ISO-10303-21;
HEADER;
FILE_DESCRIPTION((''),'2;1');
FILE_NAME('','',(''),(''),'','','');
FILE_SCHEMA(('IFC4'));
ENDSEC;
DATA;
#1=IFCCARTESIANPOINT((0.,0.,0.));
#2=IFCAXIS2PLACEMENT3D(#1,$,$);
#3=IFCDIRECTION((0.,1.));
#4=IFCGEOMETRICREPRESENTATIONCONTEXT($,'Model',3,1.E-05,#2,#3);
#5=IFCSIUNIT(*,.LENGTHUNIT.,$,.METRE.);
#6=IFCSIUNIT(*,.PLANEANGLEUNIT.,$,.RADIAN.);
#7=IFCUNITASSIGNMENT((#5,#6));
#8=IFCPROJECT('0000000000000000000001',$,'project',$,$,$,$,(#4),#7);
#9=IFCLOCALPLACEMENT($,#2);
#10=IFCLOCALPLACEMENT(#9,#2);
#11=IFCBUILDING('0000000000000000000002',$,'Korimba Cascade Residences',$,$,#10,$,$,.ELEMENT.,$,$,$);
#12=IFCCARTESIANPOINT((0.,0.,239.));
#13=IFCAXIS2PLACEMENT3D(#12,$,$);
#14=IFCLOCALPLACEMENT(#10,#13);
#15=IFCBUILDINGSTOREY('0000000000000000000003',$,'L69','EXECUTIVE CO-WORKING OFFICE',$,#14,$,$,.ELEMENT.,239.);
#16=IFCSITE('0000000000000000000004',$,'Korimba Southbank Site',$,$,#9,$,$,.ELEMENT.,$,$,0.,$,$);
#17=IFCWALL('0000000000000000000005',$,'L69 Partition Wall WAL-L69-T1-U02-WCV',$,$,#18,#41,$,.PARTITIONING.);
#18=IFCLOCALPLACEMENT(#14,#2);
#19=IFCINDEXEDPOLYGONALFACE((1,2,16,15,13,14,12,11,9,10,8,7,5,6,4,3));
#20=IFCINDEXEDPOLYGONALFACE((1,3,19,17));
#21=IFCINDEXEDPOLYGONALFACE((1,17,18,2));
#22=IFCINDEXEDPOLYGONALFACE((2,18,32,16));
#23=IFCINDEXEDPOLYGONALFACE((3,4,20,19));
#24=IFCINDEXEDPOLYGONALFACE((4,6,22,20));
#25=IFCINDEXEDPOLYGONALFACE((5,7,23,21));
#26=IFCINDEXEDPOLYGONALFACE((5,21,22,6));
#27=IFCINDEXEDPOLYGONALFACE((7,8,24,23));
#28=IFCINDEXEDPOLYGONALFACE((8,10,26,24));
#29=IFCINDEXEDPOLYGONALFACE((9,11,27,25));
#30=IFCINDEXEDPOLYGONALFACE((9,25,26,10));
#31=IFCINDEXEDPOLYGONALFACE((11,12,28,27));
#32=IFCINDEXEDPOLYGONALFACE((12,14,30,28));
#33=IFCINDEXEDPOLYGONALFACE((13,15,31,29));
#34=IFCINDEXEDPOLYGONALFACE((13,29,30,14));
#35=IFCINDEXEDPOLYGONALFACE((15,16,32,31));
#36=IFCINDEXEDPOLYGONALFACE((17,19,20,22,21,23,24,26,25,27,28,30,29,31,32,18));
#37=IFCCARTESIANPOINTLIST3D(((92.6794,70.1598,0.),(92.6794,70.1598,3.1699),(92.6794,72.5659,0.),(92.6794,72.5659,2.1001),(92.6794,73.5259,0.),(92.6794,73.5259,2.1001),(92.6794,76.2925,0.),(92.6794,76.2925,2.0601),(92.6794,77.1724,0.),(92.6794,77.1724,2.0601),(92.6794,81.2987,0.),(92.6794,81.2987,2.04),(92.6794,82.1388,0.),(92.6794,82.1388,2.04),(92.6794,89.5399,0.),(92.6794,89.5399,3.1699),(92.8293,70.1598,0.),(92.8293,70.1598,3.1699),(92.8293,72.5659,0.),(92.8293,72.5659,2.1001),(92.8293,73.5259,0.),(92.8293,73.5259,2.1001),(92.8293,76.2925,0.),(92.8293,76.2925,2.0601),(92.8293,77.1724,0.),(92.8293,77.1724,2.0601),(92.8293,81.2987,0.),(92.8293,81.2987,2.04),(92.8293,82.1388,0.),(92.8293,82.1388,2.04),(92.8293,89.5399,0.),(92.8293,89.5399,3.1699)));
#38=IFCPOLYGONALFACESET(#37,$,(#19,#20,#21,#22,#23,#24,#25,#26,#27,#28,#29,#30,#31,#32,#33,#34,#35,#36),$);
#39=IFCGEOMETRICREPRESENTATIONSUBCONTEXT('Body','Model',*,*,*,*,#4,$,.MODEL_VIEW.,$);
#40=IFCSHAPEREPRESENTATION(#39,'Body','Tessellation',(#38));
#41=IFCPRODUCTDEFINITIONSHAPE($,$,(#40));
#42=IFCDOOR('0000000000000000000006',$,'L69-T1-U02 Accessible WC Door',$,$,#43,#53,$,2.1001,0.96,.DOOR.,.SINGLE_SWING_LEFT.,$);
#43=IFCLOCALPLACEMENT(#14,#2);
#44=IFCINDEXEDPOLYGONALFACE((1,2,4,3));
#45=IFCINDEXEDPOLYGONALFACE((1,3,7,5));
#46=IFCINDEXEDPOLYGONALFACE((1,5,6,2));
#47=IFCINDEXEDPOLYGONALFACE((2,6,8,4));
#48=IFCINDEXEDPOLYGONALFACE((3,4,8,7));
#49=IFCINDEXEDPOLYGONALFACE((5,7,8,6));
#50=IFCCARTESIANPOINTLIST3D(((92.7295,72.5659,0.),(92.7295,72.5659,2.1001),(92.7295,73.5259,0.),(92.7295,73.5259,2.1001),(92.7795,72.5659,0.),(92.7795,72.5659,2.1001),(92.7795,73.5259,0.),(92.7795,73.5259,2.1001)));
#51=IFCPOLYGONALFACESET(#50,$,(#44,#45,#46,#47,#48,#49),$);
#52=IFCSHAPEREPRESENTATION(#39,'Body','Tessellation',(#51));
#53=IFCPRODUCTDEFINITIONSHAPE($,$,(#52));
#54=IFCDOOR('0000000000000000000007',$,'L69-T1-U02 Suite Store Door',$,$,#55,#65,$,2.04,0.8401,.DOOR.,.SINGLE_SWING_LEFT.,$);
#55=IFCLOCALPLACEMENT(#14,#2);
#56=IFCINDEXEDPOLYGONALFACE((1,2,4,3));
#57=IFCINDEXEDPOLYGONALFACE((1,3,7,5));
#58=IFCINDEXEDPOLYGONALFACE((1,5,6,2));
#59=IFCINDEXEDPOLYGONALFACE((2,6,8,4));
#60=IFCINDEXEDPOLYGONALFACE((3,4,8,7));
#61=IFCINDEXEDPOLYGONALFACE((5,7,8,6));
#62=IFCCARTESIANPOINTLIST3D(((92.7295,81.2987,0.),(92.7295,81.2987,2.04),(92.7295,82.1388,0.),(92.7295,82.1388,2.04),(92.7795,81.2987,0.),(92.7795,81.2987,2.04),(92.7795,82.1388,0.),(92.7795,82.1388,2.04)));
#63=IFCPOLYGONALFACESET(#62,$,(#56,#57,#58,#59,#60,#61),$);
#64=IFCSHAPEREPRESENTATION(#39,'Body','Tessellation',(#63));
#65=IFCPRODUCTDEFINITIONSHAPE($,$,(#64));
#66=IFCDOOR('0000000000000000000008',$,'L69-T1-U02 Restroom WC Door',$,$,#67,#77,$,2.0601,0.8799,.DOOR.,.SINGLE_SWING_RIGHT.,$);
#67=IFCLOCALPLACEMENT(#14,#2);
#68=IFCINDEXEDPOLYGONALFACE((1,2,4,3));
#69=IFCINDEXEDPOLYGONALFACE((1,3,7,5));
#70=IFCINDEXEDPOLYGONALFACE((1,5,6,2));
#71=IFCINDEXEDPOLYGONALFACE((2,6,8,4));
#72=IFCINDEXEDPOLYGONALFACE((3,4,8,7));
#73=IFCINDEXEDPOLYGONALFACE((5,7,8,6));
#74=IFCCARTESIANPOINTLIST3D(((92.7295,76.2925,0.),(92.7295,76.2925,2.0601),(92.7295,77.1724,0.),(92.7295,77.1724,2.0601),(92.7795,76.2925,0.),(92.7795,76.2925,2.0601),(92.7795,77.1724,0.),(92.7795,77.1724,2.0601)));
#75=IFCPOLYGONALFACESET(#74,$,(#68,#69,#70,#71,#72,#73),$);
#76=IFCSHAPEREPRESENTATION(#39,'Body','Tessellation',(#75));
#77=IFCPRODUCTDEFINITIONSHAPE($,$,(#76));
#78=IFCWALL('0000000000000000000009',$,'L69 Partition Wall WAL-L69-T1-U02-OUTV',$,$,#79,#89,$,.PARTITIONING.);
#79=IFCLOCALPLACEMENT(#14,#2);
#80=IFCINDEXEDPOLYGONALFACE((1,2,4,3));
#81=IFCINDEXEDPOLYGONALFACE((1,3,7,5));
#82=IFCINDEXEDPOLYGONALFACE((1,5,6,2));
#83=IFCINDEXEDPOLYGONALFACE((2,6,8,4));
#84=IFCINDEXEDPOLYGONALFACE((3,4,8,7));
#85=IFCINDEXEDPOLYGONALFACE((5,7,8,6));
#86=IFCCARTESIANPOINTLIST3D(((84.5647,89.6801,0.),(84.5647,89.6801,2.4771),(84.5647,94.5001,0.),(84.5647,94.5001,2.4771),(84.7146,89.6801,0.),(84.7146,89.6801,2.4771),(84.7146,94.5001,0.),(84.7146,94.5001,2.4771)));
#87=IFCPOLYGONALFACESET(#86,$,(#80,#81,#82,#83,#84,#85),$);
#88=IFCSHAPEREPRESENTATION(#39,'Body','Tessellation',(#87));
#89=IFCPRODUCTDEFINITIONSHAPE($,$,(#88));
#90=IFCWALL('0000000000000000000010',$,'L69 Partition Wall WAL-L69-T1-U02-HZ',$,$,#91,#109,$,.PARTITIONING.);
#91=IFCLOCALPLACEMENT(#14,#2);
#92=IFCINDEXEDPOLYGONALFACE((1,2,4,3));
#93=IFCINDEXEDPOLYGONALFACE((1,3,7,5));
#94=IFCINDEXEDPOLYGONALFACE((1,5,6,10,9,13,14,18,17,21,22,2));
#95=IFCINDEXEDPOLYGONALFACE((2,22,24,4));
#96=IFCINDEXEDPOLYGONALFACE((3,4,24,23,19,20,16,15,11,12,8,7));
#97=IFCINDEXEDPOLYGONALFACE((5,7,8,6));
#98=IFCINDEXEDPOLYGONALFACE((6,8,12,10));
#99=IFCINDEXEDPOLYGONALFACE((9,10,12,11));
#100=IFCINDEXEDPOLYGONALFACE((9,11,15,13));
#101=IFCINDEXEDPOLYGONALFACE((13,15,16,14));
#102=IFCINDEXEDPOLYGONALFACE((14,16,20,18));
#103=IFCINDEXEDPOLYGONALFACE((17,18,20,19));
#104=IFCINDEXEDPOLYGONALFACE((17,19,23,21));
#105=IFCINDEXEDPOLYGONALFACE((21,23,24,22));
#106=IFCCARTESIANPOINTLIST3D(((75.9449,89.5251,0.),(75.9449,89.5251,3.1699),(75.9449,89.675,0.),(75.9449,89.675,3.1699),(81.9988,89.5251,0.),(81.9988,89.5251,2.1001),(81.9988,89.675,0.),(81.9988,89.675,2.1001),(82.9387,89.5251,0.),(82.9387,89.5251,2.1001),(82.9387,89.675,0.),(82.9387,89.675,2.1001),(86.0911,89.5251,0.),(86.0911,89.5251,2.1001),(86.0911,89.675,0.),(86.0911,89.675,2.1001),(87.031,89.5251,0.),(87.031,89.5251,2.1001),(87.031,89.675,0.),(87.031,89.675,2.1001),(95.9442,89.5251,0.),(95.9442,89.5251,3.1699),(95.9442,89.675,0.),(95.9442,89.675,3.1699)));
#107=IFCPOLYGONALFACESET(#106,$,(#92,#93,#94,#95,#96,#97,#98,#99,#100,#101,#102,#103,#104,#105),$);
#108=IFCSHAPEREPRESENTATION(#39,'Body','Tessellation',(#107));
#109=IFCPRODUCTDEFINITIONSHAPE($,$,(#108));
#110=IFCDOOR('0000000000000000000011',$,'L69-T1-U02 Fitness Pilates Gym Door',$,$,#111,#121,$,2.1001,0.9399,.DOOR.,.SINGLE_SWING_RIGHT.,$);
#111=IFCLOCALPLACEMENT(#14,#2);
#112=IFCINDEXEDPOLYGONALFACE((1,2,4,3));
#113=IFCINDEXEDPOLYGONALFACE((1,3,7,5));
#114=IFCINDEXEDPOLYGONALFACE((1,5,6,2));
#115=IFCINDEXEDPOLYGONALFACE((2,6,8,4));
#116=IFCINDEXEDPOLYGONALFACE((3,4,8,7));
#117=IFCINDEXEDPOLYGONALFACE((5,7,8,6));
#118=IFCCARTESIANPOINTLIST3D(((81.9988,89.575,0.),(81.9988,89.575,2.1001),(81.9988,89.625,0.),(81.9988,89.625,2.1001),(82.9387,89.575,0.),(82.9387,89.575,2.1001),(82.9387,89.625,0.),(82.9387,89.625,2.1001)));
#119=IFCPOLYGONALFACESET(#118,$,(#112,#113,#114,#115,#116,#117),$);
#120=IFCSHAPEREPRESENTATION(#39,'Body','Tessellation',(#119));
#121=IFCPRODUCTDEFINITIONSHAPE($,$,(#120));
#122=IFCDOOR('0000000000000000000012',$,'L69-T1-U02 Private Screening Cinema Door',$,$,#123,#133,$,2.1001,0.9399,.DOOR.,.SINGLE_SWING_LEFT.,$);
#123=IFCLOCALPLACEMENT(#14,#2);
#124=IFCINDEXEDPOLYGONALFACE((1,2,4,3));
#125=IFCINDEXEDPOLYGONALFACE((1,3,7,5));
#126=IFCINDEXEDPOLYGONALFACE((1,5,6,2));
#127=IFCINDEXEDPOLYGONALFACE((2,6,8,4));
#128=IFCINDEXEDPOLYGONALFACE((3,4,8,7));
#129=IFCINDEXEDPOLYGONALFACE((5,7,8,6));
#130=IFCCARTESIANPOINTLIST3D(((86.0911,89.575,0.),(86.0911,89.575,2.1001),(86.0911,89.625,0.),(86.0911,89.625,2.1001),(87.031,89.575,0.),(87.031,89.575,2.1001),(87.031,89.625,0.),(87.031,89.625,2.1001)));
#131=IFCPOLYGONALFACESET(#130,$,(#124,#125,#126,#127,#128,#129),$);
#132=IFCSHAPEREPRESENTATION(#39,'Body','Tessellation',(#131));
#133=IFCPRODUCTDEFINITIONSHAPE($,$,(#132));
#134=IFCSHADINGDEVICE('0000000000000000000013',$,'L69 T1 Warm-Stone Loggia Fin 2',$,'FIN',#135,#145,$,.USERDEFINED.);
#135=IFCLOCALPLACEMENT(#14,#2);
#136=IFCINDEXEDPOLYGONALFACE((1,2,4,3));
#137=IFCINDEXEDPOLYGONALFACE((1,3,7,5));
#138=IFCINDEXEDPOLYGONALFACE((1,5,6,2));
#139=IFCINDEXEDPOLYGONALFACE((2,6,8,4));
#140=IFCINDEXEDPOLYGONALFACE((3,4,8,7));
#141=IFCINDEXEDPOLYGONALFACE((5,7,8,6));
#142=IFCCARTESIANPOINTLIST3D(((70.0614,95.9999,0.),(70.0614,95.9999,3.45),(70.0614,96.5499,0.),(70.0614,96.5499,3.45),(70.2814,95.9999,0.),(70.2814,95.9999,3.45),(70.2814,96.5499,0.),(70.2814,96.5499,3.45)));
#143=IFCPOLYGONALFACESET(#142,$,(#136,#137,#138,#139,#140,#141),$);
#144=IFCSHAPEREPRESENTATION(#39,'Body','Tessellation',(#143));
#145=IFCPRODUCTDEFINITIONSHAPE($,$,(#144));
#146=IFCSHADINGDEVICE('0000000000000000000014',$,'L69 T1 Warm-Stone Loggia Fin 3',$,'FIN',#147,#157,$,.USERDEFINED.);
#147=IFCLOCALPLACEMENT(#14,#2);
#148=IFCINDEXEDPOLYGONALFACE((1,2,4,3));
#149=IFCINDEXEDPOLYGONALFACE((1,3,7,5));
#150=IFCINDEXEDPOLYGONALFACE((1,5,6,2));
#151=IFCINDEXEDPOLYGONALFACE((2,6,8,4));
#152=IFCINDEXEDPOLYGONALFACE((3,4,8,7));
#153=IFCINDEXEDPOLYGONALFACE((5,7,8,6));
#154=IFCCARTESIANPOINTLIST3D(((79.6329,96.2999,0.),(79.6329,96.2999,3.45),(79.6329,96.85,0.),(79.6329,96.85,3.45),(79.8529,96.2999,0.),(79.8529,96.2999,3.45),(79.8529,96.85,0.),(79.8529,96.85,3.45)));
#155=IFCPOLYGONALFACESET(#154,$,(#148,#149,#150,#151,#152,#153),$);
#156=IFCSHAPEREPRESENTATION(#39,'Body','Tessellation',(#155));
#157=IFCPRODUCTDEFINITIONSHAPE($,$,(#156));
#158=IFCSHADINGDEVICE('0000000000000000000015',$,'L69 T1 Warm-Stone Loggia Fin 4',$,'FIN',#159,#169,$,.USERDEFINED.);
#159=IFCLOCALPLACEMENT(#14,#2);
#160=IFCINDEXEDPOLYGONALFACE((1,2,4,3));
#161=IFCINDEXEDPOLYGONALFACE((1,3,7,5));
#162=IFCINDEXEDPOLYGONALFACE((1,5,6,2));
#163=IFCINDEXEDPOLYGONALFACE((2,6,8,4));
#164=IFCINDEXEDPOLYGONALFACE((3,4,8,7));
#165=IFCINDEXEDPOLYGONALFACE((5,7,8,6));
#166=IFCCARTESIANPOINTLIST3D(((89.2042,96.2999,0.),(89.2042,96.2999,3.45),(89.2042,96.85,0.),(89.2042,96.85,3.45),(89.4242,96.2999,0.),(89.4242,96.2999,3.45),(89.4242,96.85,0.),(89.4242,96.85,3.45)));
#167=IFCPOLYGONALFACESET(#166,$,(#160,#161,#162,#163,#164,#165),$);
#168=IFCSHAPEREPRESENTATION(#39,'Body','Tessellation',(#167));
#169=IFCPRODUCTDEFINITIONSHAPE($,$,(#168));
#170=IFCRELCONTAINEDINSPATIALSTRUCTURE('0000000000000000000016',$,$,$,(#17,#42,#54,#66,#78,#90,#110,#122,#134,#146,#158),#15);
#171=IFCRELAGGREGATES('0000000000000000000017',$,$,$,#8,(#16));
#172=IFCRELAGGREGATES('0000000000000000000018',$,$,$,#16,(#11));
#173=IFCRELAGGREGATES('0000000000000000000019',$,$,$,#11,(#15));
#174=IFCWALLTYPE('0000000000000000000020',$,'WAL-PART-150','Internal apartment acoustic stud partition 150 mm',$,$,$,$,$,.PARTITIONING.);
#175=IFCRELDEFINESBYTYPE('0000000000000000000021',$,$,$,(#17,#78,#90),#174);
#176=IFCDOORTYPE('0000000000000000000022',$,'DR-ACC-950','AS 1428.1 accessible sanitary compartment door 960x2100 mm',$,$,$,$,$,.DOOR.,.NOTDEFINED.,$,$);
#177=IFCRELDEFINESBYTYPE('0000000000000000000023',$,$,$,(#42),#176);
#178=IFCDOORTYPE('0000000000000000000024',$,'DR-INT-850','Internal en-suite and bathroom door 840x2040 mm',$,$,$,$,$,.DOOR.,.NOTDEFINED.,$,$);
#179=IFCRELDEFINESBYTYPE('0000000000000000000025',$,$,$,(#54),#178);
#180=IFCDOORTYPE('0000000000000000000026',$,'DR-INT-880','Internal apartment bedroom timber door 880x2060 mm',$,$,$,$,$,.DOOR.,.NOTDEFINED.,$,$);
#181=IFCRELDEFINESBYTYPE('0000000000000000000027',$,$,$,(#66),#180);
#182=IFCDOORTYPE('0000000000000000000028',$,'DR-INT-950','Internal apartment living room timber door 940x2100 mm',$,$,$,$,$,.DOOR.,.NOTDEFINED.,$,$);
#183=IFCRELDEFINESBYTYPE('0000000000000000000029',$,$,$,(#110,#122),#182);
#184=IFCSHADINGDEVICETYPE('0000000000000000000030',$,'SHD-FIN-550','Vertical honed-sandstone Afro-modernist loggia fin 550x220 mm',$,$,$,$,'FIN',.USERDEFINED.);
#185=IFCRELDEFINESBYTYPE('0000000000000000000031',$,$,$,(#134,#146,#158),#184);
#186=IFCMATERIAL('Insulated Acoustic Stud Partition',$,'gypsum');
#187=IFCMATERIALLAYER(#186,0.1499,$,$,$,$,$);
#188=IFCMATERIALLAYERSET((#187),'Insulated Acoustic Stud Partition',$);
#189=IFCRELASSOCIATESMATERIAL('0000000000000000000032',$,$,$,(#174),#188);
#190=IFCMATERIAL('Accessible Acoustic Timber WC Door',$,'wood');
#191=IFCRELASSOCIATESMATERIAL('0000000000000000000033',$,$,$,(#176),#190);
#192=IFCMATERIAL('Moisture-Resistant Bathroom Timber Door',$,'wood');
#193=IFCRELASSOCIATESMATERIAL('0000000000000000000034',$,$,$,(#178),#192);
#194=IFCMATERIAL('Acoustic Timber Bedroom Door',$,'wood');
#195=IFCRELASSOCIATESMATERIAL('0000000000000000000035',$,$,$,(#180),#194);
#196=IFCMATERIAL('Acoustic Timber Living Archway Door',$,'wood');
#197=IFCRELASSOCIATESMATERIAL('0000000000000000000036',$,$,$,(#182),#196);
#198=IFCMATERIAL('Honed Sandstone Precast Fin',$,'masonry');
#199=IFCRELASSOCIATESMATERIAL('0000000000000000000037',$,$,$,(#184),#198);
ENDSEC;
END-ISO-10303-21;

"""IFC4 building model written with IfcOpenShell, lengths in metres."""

from ifc_helpers import new_model, si_unit, direction, frame, frame_2d, origin, origin_2d, place, context, subcontext, project, spatial, rectangle, extrude, material, layer, layer_set, type_object, element, fill, save


model = new_model("IFC4")

# Units and contexts
model_context = context("Model", 3, precision=1e-05, world=origin(), true_north=direction((0.0, 1.0)))
body_context = subcontext(model_context, "Body", "Model", "MODEL_VIEW")
ifc_project = project(units=[si_unit("LENGTHUNIT", "METRE"), si_unit("PLANEANGLEUNIT", "RADIAN")], contexts=[model_context])

# Site, building, storey
site_placement = place(None, origin())
site = spatial("IfcSite", under=ifc_project, at=site_placement, Name="Korimba Southbank Site", CompositionType="ELEMENT", RefElevation=0.0)
building_placement = place(site_placement, origin())
building = spatial("IfcBuilding", under=site, at=building_placement, Name="Korimba Cascade Residences", CompositionType="ELEMENT")
storey_placement = place(building_placement, frame((0.0, 0.0, 239.0)))
storey = spatial("IfcBuildingStorey", under=building, at=storey_placement, Name="L69", Description="EXECUTIVE CO-WORKING OFFICE", CompositionType="ELEMENT", Elevation=239.0)

# Shared definitions
ifc_material_1 = material(Name="Insulated Acoustic Stud Partition", Category="gypsum")
ifc_layer_1 = layer(ifc_material_1, 0.1499)
ifc_layer_set_1 = layer_set([ifc_layer_1], Name="Insulated Acoustic Stud Partition")
wall_type_1 = type_object("IfcWallType", Name="WAL-PART-150", Description="Internal apartment acoustic stud partition 150 mm", PredefinedType="PARTITIONING", material=ifc_layer_set_1)

# Wall, openings, doors
wall_1_placement = place(storey_placement, frame((92.7544, 70.1599, 0.0), z_axis=(0.0, 0.0, 1.0), x_axis=(0.0, 1.0, 0.0)))
wall_1 = element("IfcWall", 1, at=wall_1_placement, inside=storey, type_object=wall_type_1, Name="L69 Partition Wall WAL-L69-T1-U02-WCV", PredefinedType="PARTITIONING", context=body_context, shape_type="SweptSolid", body=[
    extrude(rectangle(XDim=19.3801, YDim=0.1499, at=frame_2d((9.6899, 0.0))), origin(), (0.0, 0.0, 1.0), 3.1699),
])
opening_1_placement = place(wall_1_placement, frame((2.406, 0.0, 0.0)))
opening_1 = element("IfcOpeningElement", 2, at=opening_1_placement, cuts=wall_1, PredefinedType="OPENING", context=body_context, shape_type="SweptSolid", body=[
    extrude(rectangle(XDim=0.96, YDim=2.1001, at=frame_2d((0.48, 1.05))), frame((0.0, 0.085, 0.0), z_axis=(0.0, -1.0, 0.0), x_axis=(1.0, 0.0, 0.0)), (0.0, 0.0, 1.0), 0.1699),
])
opening_2_placement = place(wall_1_placement, frame((6.1326, 0.0, 0.0)))
opening_2 = element("IfcOpeningElement", 3, at=opening_2_placement, cuts=wall_1, PredefinedType="OPENING", context=body_context, shape_type="SweptSolid", body=[
    extrude(rectangle(XDim=0.8799, YDim=2.0601, at=frame_2d((0.4399, 1.03))), frame((0.0, 0.085, 0.0), z_axis=(0.0, -1.0, 0.0), x_axis=(1.0, 0.0, 0.0)), (0.0, 0.0, 1.0), 0.1699),
])
opening_3_placement = place(wall_1_placement, frame((11.1389, 0.0, 0.0)))
opening_3 = element("IfcOpeningElement", 4, at=opening_3_placement, cuts=wall_1, PredefinedType="OPENING", context=body_context, shape_type="SweptSolid", body=[
    extrude(rectangle(XDim=0.8401, YDim=2.04, at=frame_2d((0.4199, 1.02))), frame((0.0, 0.085, 0.0), z_axis=(0.0, -1.0, 0.0), x_axis=(1.0, 0.0, 0.0)), (0.0, 0.0, 1.0), 0.1699),
])
ifc_material_2 = material(Name="Accessible Acoustic Timber WC Door", Category="wood")
door_type_1 = type_object("IfcDoorType", Name="DR-ACC-950", Description="AS 1428.1 accessible sanitary compartment door 960x2100 mm", OperationType="NOTDEFINED", PredefinedType="DOOR", material=ifc_material_2)
door_1_placement = place(opening_1_placement, origin())
door_1 = element("IfcDoor", 5, at=door_1_placement, inside=storey, type_object=door_type_1, Name="L69-T1-U02 Accessible WC Door", OperationType="SINGLE_SWING_LEFT", OverallHeight=2.1001, OverallWidth=0.96, PredefinedType="DOOR", context=body_context, shape_type="SweptSolid", body=[
    extrude(rectangle(XDim=0.96, YDim=2.1001, at=frame_2d((0.48, 1.05))), frame((0.0, 0.0249, 0.0), z_axis=(0.0, -1.0, 0.0), x_axis=(1.0, 0.0, 0.0)), (0.0, 0.0, 1.0), 0.05),
])
fill(opening_1, door_1)
ifc_material_3 = material(Name="Moisture-Resistant Bathroom Timber Door", Category="wood")
door_type_2 = type_object("IfcDoorType", Name="DR-INT-850", Description="Internal en-suite and bathroom door 840x2040 mm", OperationType="NOTDEFINED", PredefinedType="DOOR", material=ifc_material_3)
door_2_placement = place(opening_3_placement, origin())
door_2 = element("IfcDoor", 6, at=door_2_placement, inside=storey, type_object=door_type_2, Name="L69-T1-U02 Suite Store Door", OperationType="SINGLE_SWING_LEFT", OverallHeight=2.04, OverallWidth=0.8401, PredefinedType="DOOR", context=body_context, shape_type="SweptSolid", body=[
    extrude(rectangle(XDim=0.8401, YDim=2.04, at=frame_2d((0.4199, 1.02))), frame((0.0, 0.0249, 0.0), z_axis=(0.0, -1.0, 0.0), x_axis=(1.0, 0.0, 0.0)), (0.0, 0.0, 1.0), 0.05),
])
fill(opening_3, door_2)
ifc_material_4 = material(Name="Acoustic Timber Bedroom Door", Category="wood")
door_type_3 = type_object("IfcDoorType", Name="DR-INT-880", Description="Internal apartment bedroom timber door 880x2060 mm", OperationType="NOTDEFINED", PredefinedType="DOOR", material=ifc_material_4)
door_3_placement = place(opening_2_placement, origin())
door_3 = element("IfcDoor", 7, at=door_3_placement, inside=storey, type_object=door_type_3, Name="L69-T1-U02 Restroom WC Door", OperationType="SINGLE_SWING_RIGHT", OverallHeight=2.0601, OverallWidth=0.8799, PredefinedType="DOOR", context=body_context, shape_type="SweptSolid", body=[
    extrude(rectangle(XDim=0.8799, YDim=2.0601, at=frame_2d((0.4399, 1.03))), frame((0.0, 0.0249, 0.0), z_axis=(0.0, -1.0, 0.0), x_axis=(1.0, 0.0, 0.0)), (0.0, 0.0, 1.0), 0.05),
])
fill(opening_2, door_3)

# Wall
wall_2_placement = place(storey_placement, frame((84.6396, 89.6799, 0.0), z_axis=(0.0, 0.0, 1.0), x_axis=(0.0, 1.0, 0.0)))
element("IfcWall", 8, at=wall_2_placement, inside=storey, type_object=wall_type_1, Name="L69 Partition Wall WAL-L69-T1-U02-OUTV", PredefinedType="PARTITIONING", context=body_context, shape_type="SweptSolid", body=[
    extrude(rectangle(XDim=4.8201, YDim=0.1499, at=frame_2d((2.4102, 0.0))), origin(), (0.0, 0.0, 1.0), 2.4771),
])

# Wall, openings, doors
wall_3_placement = place(storey_placement, frame((75.9451, 89.6001, 0.0), z_axis=(0.0, 0.0, 1.0), x_axis=(1.0, 0.0, 0.0)))
wall_3 = element("IfcWall", 9, at=wall_3_placement, inside=storey, type_object=wall_type_1, Name="L69 Partition Wall WAL-L69-T1-U02-HZ", PredefinedType="PARTITIONING", context=body_context, shape_type="SweptSolid", body=[
    extrude(rectangle(XDim=19.9993, YDim=0.1499, at=frame_2d((9.9995, 0.0))), origin(), (0.0, 0.0, 1.0), 3.1699),
])
opening_4_placement = place(wall_3_placement, frame((6.0537, 0.0, 0.0)))
opening_4 = element("IfcOpeningElement", 10, at=opening_4_placement, cuts=wall_3, PredefinedType="OPENING", context=body_context, shape_type="SweptSolid", body=[
    extrude(rectangle(XDim=0.9399, YDim=2.1001, at=frame_2d((0.47, 1.05))), frame((0.0, 0.085, 0.0), z_axis=(0.0, -1.0, 0.0), x_axis=(1.0, 0.0, 0.0)), (0.0, 0.0, 1.0), 0.1699),
])
opening_5_placement = place(wall_3_placement, frame((10.146, 0.0, 0.0)))
opening_5 = element("IfcOpeningElement", 11, at=opening_5_placement, cuts=wall_3, PredefinedType="OPENING", context=body_context, shape_type="SweptSolid", body=[
    extrude(rectangle(XDim=0.9399, YDim=2.1001, at=frame_2d((0.47, 1.05))), frame((0.0, 0.085, 0.0), z_axis=(0.0, -1.0, 0.0), x_axis=(1.0, 0.0, 0.0)), (0.0, 0.0, 1.0), 0.1699),
])
ifc_material_5 = material(Name="Acoustic Timber Living Archway Door", Category="wood")
door_type_4 = type_object("IfcDoorType", Name="DR-INT-950", Description="Internal apartment living room timber door 940x2100 mm", OperationType="NOTDEFINED", PredefinedType="DOOR", material=ifc_material_5)
door_4_placement = place(opening_4_placement, origin())
door_4 = element("IfcDoor", 12, at=door_4_placement, inside=storey, type_object=door_type_4, Name="L69-T1-U02 Fitness Pilates Gym Door", OperationType="SINGLE_SWING_RIGHT", OverallHeight=2.1001, OverallWidth=0.9399, PredefinedType="DOOR", context=body_context, shape_type="SweptSolid", body=[
    extrude(rectangle(XDim=0.9399, YDim=2.1001, at=frame_2d((0.47, 1.05))), frame((0.0, 0.0249, 0.0), z_axis=(0.0, -1.0, 0.0), x_axis=(1.0, 0.0, 0.0)), (0.0, 0.0, 1.0), 0.05),
])
fill(opening_4, door_4)
door_5_placement = place(opening_5_placement, origin())
door_5 = element("IfcDoor", 13, at=door_5_placement, inside=storey, type_object=door_type_4, Name="L69-T1-U02 Private Screening Cinema Door", OperationType="SINGLE_SWING_LEFT", OverallHeight=2.1001, OverallWidth=0.9399, PredefinedType="DOOR", context=body_context, shape_type="SweptSolid", body=[
    extrude(rectangle(XDim=0.9399, YDim=2.1001, at=frame_2d((0.47, 1.05))), frame((0.0, 0.0249, 0.0), z_axis=(0.0, -1.0, 0.0), x_axis=(1.0, 0.0, 0.0)), (0.0, 0.0, 1.0), 0.05),
])
fill(opening_5, door_5)

# Shading devices
ifc_material_6 = material(Name="Honed Sandstone Precast Fin", Category="masonry")
shading_device_type = type_object("IfcShadingDeviceType", Name="SHD-FIN-550", Description="Vertical honed-sandstone Afro-modernist loggia fin 550x220 mm", ElementType="FIN", PredefinedType="USERDEFINED", material=ifc_material_6)
for number, where, z_axis, x_axis, name in (
    (14, (70.1714, 96.2749, 0.0), (0.0, 0.0, 1.0), (1.0, 0.0, 0.0), "L69 T1 Warm-Stone Loggia Fin 2"),
    (15, (79.7429, 96.575, 0.0), (0.0, 0.0, 1.0), (1.0, 0.0, 0.0), "L69 T1 Warm-Stone Loggia Fin 3"),
    (16, (89.3142, 96.575, 0.0), (0.0, 0.0, 1.0), (1.0, 0.0, 0.0), "L69 T1 Warm-Stone Loggia Fin 4"),
):
    element("IfcShadingDevice", number, at=place(storey_placement, frame(where, z_axis=z_axis, x_axis=x_axis)), inside=storey, type_object=shading_device_type, Name=name, ObjectType="FIN", PredefinedType="USERDEFINED", context=body_context, shape_type="SweptSolid", body=[
        extrude(rectangle(XDim=0.22, YDim=0.55, at=origin_2d()), origin(), (0.0, 0.0, 1.0), 3.45),
    ])

save(model, "model.ifc")
